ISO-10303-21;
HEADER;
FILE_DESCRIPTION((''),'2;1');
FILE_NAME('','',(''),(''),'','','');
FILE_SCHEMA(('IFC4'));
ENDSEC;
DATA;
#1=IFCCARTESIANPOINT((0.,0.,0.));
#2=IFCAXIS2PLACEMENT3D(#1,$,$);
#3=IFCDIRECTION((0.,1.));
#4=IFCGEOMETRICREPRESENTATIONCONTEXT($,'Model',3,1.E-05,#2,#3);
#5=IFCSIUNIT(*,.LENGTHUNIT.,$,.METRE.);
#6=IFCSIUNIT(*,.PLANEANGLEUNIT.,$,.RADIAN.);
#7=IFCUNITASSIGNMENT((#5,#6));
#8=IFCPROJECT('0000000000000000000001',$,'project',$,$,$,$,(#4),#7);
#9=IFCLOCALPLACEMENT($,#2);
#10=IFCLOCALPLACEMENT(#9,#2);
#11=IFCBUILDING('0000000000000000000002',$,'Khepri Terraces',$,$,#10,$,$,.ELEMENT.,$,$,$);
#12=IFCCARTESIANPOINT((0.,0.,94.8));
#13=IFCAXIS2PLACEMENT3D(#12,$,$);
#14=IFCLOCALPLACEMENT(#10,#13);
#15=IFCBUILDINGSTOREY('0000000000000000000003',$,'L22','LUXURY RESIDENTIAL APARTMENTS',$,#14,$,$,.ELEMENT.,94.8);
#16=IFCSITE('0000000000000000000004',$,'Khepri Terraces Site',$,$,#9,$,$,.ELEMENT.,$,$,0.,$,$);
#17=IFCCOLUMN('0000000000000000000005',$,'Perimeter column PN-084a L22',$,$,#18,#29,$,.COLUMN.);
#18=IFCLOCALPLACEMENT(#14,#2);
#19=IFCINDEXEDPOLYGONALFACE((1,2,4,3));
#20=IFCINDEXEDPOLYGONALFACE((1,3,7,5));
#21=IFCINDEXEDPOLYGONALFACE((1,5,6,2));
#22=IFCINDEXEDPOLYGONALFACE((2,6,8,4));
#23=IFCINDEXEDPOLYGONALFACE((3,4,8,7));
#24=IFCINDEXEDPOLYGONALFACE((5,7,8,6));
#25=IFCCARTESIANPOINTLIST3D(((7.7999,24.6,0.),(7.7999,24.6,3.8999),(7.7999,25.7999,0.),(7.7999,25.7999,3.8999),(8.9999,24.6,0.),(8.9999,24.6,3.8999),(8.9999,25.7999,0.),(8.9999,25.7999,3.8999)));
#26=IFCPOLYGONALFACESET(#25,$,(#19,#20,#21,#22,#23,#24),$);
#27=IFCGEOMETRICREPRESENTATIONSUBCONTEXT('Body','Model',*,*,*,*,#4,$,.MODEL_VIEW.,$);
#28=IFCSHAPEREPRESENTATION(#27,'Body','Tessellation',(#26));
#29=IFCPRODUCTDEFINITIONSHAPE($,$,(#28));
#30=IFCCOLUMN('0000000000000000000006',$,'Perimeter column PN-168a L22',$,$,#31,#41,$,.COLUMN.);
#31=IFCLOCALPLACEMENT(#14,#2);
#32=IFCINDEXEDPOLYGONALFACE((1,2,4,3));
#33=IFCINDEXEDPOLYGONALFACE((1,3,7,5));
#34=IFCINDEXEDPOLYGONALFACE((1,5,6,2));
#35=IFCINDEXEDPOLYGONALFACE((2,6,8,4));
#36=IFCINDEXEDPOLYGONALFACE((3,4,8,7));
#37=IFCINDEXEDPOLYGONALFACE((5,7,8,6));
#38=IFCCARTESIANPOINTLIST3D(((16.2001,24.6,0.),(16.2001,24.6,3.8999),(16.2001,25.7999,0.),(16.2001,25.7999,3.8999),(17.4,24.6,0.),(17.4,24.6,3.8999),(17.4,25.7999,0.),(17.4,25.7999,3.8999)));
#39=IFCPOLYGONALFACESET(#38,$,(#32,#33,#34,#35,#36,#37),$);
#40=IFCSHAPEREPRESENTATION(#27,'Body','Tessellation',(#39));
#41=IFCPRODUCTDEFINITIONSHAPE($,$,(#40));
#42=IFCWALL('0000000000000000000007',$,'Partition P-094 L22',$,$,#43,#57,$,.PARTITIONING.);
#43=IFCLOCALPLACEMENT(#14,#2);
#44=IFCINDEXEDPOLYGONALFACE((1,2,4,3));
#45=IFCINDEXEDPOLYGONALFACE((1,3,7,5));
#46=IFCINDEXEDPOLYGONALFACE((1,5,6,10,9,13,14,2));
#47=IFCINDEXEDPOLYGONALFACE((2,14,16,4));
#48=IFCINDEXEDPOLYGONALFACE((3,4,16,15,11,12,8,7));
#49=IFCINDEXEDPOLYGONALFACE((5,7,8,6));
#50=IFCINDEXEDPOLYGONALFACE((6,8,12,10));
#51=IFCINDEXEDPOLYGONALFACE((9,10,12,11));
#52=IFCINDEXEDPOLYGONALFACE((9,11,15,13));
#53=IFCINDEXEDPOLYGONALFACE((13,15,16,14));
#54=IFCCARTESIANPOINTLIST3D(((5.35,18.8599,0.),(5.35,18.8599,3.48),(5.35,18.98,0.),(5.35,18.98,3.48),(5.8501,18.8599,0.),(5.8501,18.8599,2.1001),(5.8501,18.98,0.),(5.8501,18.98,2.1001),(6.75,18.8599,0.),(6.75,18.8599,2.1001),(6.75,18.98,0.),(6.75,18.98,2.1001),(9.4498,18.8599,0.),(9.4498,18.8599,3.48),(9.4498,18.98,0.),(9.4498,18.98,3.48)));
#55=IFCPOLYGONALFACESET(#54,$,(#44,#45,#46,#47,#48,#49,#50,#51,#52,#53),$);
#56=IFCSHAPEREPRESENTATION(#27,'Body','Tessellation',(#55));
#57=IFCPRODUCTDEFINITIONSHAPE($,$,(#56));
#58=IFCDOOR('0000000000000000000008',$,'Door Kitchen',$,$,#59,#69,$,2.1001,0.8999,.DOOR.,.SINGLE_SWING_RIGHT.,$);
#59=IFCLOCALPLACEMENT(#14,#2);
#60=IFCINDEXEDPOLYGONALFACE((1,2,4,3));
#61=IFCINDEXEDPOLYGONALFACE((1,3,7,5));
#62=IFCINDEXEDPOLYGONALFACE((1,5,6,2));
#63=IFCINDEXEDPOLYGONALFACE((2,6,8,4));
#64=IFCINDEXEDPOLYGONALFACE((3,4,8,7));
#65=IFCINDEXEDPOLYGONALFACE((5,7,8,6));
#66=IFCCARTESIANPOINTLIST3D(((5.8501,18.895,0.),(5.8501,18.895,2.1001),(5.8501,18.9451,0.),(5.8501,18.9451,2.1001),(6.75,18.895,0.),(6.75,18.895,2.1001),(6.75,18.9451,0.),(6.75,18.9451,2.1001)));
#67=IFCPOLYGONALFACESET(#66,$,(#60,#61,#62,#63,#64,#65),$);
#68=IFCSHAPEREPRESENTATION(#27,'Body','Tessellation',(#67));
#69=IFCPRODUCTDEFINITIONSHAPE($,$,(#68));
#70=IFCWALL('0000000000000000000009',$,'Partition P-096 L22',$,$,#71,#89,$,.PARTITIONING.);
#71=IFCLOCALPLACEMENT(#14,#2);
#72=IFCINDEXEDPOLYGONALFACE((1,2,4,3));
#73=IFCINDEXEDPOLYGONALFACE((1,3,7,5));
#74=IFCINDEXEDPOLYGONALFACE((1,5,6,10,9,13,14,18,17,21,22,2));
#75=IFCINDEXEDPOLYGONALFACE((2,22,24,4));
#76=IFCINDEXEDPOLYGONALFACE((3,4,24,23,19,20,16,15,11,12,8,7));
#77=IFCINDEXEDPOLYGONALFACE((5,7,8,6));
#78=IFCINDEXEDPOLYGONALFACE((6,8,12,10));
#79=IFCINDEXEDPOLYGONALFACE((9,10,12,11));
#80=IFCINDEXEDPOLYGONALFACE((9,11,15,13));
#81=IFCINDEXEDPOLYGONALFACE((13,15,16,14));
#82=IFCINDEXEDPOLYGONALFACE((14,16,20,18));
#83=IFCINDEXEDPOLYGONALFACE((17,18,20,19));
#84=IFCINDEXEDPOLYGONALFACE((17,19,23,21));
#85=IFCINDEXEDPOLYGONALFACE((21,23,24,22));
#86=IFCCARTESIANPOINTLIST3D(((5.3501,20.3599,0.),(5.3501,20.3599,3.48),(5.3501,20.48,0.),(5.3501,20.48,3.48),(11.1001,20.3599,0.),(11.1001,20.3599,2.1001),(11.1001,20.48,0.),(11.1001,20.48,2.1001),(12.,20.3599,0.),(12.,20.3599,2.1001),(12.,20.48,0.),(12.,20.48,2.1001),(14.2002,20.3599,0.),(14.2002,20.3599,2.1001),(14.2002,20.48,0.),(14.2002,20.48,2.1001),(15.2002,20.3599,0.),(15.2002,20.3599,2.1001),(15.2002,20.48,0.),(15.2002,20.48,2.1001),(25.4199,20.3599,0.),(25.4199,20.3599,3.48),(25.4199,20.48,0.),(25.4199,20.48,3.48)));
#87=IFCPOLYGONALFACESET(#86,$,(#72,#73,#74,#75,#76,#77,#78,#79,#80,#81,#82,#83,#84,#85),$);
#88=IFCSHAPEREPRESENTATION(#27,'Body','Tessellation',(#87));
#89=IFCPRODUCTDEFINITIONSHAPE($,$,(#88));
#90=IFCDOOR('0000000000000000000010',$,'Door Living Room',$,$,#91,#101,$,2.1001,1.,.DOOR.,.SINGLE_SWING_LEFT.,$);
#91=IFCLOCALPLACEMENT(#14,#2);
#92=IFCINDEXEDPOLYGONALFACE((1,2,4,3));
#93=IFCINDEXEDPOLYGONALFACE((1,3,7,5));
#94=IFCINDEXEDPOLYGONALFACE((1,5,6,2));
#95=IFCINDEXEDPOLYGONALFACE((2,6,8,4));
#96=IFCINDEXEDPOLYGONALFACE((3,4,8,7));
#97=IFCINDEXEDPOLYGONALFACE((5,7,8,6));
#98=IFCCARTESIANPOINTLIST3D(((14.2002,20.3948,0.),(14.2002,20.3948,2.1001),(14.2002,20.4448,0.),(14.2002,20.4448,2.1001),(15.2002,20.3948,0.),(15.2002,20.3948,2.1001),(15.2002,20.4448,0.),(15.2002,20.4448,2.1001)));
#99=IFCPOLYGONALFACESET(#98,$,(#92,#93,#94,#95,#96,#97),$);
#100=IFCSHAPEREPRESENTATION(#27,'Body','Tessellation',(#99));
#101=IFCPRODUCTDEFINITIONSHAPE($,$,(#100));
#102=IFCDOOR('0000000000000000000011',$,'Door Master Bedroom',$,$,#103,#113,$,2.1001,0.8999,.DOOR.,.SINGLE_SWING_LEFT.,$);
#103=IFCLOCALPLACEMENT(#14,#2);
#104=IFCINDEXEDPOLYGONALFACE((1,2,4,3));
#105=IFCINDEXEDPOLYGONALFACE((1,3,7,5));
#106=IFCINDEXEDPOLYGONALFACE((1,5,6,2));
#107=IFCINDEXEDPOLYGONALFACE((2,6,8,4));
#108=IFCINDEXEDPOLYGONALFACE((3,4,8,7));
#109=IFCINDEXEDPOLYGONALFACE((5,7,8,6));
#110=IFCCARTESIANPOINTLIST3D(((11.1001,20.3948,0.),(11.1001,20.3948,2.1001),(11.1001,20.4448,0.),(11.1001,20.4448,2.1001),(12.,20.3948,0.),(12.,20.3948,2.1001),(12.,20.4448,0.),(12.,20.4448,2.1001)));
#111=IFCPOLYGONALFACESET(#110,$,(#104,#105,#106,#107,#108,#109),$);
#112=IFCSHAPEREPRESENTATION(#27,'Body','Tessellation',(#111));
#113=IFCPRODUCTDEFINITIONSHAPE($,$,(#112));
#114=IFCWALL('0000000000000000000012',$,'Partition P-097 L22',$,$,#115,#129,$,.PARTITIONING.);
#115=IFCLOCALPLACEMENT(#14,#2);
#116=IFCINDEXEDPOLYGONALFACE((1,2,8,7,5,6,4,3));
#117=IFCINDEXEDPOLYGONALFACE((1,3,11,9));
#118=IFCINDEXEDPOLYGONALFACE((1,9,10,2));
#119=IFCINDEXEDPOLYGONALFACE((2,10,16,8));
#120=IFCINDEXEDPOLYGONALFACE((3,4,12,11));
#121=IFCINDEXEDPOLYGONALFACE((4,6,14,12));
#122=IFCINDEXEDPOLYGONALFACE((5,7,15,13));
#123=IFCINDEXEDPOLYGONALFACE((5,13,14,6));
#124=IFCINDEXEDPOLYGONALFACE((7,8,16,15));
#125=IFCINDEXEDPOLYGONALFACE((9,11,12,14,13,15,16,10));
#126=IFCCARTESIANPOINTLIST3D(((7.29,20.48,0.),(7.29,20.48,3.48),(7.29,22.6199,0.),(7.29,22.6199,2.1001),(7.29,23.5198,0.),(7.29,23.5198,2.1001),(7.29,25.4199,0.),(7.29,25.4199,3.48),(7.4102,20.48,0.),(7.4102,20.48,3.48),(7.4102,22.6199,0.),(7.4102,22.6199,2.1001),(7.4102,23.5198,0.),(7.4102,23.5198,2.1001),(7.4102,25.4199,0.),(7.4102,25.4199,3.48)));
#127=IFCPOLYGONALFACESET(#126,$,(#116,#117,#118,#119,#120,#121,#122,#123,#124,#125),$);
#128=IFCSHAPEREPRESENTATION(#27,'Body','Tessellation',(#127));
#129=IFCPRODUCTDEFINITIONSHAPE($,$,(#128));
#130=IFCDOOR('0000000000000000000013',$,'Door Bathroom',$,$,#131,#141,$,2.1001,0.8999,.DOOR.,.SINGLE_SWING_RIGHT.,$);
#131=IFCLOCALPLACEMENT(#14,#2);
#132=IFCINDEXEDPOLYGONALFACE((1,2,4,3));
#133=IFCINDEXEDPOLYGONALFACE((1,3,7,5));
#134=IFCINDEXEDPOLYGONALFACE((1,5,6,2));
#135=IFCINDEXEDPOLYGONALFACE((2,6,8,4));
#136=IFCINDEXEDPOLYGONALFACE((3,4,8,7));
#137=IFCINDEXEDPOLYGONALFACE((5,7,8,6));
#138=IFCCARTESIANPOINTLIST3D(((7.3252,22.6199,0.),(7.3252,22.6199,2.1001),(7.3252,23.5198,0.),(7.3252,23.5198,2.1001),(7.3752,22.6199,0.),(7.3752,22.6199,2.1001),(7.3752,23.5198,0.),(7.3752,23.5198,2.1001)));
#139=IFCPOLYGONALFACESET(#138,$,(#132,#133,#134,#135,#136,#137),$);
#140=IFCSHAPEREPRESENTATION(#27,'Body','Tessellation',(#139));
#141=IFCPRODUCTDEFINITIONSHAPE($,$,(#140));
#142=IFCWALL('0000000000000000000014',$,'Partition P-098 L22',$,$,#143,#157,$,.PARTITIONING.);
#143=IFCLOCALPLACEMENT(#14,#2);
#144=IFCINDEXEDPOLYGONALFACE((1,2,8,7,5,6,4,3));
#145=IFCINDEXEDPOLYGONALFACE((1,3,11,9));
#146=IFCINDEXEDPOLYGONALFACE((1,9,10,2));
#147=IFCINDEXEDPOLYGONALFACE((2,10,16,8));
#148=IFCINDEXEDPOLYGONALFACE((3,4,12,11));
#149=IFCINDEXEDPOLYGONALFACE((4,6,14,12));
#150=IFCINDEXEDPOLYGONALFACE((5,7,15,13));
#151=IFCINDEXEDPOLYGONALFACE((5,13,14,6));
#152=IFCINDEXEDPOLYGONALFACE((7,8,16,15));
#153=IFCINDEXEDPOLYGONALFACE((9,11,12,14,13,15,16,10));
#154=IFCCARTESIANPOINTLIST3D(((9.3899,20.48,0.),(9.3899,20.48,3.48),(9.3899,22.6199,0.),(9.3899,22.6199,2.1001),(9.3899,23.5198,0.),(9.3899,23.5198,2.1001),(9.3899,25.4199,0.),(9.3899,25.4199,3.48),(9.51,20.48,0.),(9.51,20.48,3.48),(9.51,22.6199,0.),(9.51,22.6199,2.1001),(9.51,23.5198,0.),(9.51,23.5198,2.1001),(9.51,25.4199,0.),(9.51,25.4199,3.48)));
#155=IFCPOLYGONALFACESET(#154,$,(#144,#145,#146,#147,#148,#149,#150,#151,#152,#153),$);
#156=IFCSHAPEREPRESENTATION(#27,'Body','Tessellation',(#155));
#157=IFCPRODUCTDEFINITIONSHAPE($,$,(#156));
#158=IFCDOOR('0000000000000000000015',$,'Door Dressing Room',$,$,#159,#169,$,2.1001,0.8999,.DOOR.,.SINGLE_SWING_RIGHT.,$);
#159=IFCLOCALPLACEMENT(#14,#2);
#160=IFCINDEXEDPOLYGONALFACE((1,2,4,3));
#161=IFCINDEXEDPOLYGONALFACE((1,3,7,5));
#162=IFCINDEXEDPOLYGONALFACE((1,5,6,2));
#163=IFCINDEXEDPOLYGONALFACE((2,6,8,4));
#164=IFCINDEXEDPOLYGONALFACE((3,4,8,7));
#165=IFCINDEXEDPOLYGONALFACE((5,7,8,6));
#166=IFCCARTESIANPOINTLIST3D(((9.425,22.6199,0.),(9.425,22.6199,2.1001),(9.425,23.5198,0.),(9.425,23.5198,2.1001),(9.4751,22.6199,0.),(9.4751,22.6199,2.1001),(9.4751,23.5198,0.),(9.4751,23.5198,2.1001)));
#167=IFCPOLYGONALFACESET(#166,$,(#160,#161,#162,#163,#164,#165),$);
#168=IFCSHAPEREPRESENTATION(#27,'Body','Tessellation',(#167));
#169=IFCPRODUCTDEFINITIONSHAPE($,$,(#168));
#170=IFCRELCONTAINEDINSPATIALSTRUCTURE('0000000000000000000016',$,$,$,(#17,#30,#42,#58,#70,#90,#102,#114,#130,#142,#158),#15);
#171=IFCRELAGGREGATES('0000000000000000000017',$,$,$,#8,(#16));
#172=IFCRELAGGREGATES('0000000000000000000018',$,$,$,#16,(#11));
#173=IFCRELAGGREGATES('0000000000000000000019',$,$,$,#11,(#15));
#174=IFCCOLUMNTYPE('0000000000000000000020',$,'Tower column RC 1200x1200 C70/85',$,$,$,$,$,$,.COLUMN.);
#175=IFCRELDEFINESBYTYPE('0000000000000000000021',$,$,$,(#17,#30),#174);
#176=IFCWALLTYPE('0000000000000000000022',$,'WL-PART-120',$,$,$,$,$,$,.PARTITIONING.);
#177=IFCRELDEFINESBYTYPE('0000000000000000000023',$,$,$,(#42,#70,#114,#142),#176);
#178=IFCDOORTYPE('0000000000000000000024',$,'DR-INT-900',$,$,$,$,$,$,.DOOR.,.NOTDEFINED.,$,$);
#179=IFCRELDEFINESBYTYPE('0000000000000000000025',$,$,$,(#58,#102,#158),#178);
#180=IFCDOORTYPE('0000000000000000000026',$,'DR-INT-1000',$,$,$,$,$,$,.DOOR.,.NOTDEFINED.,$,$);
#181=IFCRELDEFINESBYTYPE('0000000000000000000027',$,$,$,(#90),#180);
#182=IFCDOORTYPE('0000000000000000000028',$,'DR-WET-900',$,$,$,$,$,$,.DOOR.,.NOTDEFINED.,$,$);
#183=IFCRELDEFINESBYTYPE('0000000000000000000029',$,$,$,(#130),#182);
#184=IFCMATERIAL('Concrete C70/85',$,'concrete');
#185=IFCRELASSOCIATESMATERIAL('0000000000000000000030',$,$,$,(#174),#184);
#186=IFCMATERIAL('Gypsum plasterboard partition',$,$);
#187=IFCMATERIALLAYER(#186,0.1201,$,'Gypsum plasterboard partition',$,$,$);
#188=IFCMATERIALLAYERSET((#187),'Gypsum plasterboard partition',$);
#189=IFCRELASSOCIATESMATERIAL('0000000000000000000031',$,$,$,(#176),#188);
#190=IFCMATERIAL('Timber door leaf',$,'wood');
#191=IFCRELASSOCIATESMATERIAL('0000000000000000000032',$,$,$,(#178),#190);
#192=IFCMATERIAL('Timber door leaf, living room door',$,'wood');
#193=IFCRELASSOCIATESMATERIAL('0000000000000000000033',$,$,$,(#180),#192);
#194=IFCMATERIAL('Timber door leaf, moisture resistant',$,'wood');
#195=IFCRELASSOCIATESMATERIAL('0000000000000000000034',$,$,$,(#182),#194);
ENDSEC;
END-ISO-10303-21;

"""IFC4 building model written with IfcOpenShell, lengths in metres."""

from ifc_helpers import new_model, si_unit, direction, frame, frame_2d, origin, origin_2d, place, context, subcontext, project, spatial, rectangle, extrude, material, layer, layer_set, material_profile, profile_set, type_object, element, fill, save


model = new_model("IFC4")

# Units and contexts
model_context = context("Model", 3, precision=1e-05, world=origin(), true_north=direction((0.0, 1.0)))
body_context = subcontext(model_context, "Body", "Model", "MODEL_VIEW")
ifc_project = project(units=[si_unit("LENGTHUNIT", "METRE"), si_unit("PLANEANGLEUNIT", "RADIAN")], contexts=[model_context])

# Site, building, storey
site_placement = place(None, origin())
site = spatial("IfcSite", under=ifc_project, at=site_placement, Name="Khepri Terraces Site", CompositionType="ELEMENT", RefElevation=0.0)
building_placement = place(site_placement, origin())
building = spatial("IfcBuilding", under=site, at=building_placement, Name="Khepri Terraces", CompositionType="ELEMENT")
storey_placement = place(building_placement, frame((0.0, 0.0, 94.8)))
storey = spatial("IfcBuildingStorey", under=building, at=storey_placement, Name="L22", Description="LUXURY RESIDENTIAL APARTMENTS", CompositionType="ELEMENT", Elevation=94.8)

# Columns
ifc_material_1 = material(Name="Concrete C70/85", Category="concrete")
ifc_material_profile = material_profile(ifc_material_1, rectangle(XDim=1.2, YDim=1.2, at=origin_2d()), Name="Concrete C70/85", Category="concrete")
ifc_profile_set = profile_set([ifc_material_profile], Name="Concrete C70/85")
column_type = type_object("IfcColumnType", Name="Tower column RC 1200x1200 C70/85", PredefinedType="COLUMN", material=ifc_profile_set)
for number, where, z_axis, x_axis, name in (
    (1, (8.3999, 25.2, 0.0), (0.0, 0.0, 1.0), (1.0, 0.0, 0.0), "Perimeter column PN-084a L22"),
    (2, (16.8, 25.2, 0.0), (0.0, 0.0, 1.0), (1.0, 0.0, 0.0), "Perimeter column PN-168a L22"),
):
    element("IfcColumn", number, at=place(storey_placement, frame(where, z_axis=z_axis, x_axis=x_axis)), inside=storey, type_object=column_type, Name=name, PredefinedType="COLUMN", context=body_context, shape_type="SweptSolid", body=[
        extrude(rectangle(XDim=1.2, YDim=1.2, at=origin_2d()), origin(), (0.0, 0.0, 1.0), 3.8999),
    ])

# Wall, opening, door
ifc_material_2 = material(Name="Gypsum plasterboard partition")
ifc_layer_1 = layer(ifc_material_2, 0.1201, Name="Gypsum plasterboard partition")
ifc_layer_set_1 = layer_set([ifc_layer_1], Name="Gypsum plasterboard partition")
wall_type_1 = type_object("IfcWallType", Name="WL-PART-120", PredefinedType="PARTITIONING", material=ifc_layer_set_1)
wall_1_placement = place(storey_placement, frame((5.3501, 18.9199, 0.0), z_axis=(0.0, 0.0, 1.0), x_axis=(1.0, 0.0, 0.0)))
wall_1 = element("IfcWall", 3, at=wall_1_placement, inside=storey, type_object=wall_type_1, Name="Partition P-094 L22", PredefinedType="PARTITIONING", context=body_context, shape_type="SweptSolid", body=[
    extrude(rectangle(XDim=4.0999, YDim=0.1201, at=frame_2d((2.0498, 0.0))), origin(), (0.0, 0.0, 1.0), 3.48),
])
opening_1_placement = place(wall_1_placement, frame((0.5, 0.0, 0.0)))
opening_1 = element("IfcOpeningElement", 4, at=opening_1_placement, cuts=wall_1, PredefinedType="OPENING", context=body_context, shape_type="SweptSolid", body=[
    extrude(rectangle(XDim=0.8999, YDim=2.1001, at=frame_2d((0.45, 1.05))), frame((0.0, 0.0701, 0.0), z_axis=(0.0, -1.0, 0.0), x_axis=(1.0, 0.0, 0.0)), (0.0, 0.0, 1.0), 0.1401),
])
ifc_material_3 = material(Name="Timber door leaf", Category="wood")
door_type_1 = type_object("IfcDoorType", Name="DR-INT-900", OperationType="NOTDEFINED", PredefinedType="DOOR", material=ifc_material_3)
door_1_placement = place(opening_1_placement, frame((0.8999, 0.0, 0.0), z_axis=(0.0, 0.0, 1.0), x_axis=(-1.0, 0.0, 0.0)))
door_1 = element("IfcDoor", 5, at=door_1_placement, inside=storey, type_object=door_type_1, Name="Door Kitchen", OperationType="SINGLE_SWING_RIGHT", OverallHeight=2.1001, OverallWidth=0.8999, PredefinedType="DOOR", context=body_context, shape_type="SweptSolid", body=[
    extrude(rectangle(XDim=0.8999, YDim=2.1001, at=frame_2d((0.45, 1.05))), frame((0.0, 0.0249, 0.0), z_axis=(0.0, -1.0, 0.0), x_axis=(1.0, 0.0, 0.0)), (0.0, 0.0, 1.0), 0.05),
])
fill(opening_1, door_1)

# Wall, openings, doors
wall_2_placement = place(storey_placement, frame((5.3501, 20.4199, 0.0), z_axis=(0.0, 0.0, 1.0), x_axis=(1.0, 0.0, 0.0)))
wall_2 = element("IfcWall", 6, at=wall_2_placement, inside=storey, type_object=wall_type_1, Name="Partition P-096 L22", PredefinedType="PARTITIONING", context=body_context, shape_type="SweptSolid", body=[
    extrude(rectangle(XDim=20.0698, YDim=0.1201, at=frame_2d((10.0349, 0.0))), origin(), (0.0, 0.0, 1.0), 3.48),
])
opening_2_placement = place(wall_2_placement, frame((8.8501, 0.0, 0.0)))
opening_2 = element("IfcOpeningElement", 7, at=opening_2_placement, cuts=wall_2, PredefinedType="OPENING", context=body_context, shape_type="SweptSolid", body=[
    extrude(rectangle(XDim=1.0, YDim=2.1001, at=frame_2d((0.5, 1.05))), frame((0.0, 0.0701, 0.0), z_axis=(0.0, -1.0, 0.0), x_axis=(1.0, 0.0, 0.0)), (0.0, 0.0, 1.0), 0.1401),
])
opening_3_placement = place(wall_2_placement, frame((5.75, 0.0, 0.0)))
opening_3 = element("IfcOpeningElement", 8, at=opening_3_placement, cuts=wall_2, PredefinedType="OPENING", context=body_context, shape_type="SweptSolid", body=[
    extrude(rectangle(XDim=0.8999, YDim=2.1001, at=frame_2d((0.45, 1.05))), frame((0.0, 0.0701, 0.0), z_axis=(0.0, -1.0, 0.0), x_axis=(1.0, 0.0, 0.0)), (0.0, 0.0, 1.0), 0.1401),
])
ifc_material_4 = material(Name="Timber door leaf, living room door", Category="wood")
door_type_2 = type_object("IfcDoorType", Name="DR-INT-1000", OperationType="NOTDEFINED", PredefinedType="DOOR", material=ifc_material_4)
door_2_placement = place(opening_2_placement, origin())
door_2 = element("IfcDoor", 9, at=door_2_placement, inside=storey, type_object=door_type_2, Name="Door Living Room", OperationType="SINGLE_SWING_LEFT", OverallHeight=2.1001, OverallWidth=1.0, PredefinedType="DOOR", context=body_context, shape_type="SweptSolid", body=[
    extrude(rectangle(XDim=1.0, YDim=2.1001, at=frame_2d((0.5, 1.05))), frame((0.0, 0.0249, 0.0), z_axis=(0.0, -1.0, 0.0), x_axis=(1.0, 0.0, 0.0)), (0.0, 0.0, 1.0), 0.05),
])
fill(opening_2, door_2)
door_3_placement = place(opening_3_placement, origin())
door_3 = element("IfcDoor", 10, at=door_3_placement, inside=storey, type_object=door_type_1, Name="Door Master Bedroom", OperationType="SINGLE_SWING_LEFT", OverallHeight=2.1001, OverallWidth=0.8999, PredefinedType="DOOR", context=body_context, shape_type="SweptSolid", body=[
    extrude(rectangle(XDim=0.8999, YDim=2.1001, at=frame_2d((0.45, 1.05))), frame((0.0, 0.0249, 0.0), z_axis=(0.0, -1.0, 0.0), x_axis=(1.0, 0.0, 0.0)), (0.0, 0.0, 1.0), 0.05),
])
fill(opening_3, door_3)

# Walls, openings, doors
wall_3_placement = place(storey_placement, frame((7.3501, 20.48, 0.0), z_axis=(0.0, 0.0, 1.0), x_axis=(0.0, 1.0, 0.0)))
wall_3 = element("IfcWall", 11, at=wall_3_placement, inside=storey, type_object=wall_type_1, Name="Partition P-097 L22", PredefinedType="PARTITIONING", context=body_context, shape_type="SweptSolid", body=[
    extrude(rectangle(XDim=4.9399, YDim=0.1201, at=frame_2d((2.47, 0.0))), origin(), (0.0, 0.0, 1.0), 3.48),
])
opening_4_placement = place(wall_3_placement, frame((2.1399, 0.0, 0.0)))
opening_4 = element("IfcOpeningElement", 12, at=opening_4_placement, cuts=wall_3, PredefinedType="OPENING", context=body_context, shape_type="SweptSolid", body=[
    extrude(rectangle(XDim=0.8999, YDim=2.1001, at=frame_2d((0.45, 1.05))), frame((0.0, 0.0701, 0.0), z_axis=(0.0, -1.0, 0.0), x_axis=(1.0, 0.0, 0.0)), (0.0, 0.0, 1.0), 0.1401),
])
ifc_material_5 = material(Name="Timber door leaf, moisture resistant", Category="wood")
door_type_3 = type_object("IfcDoorType", Name="DR-WET-900", OperationType="NOTDEFINED", PredefinedType="DOOR", material=ifc_material_5)
door_4_placement = place(opening_4_placement, origin())
door_4 = element("IfcDoor", 13, at=door_4_placement, inside=storey, type_object=door_type_3, Name="Door Bathroom", OperationType="SINGLE_SWING_RIGHT", OverallHeight=2.1001, OverallWidth=0.8999, PredefinedType="DOOR", context=body_context, shape_type="SweptSolid", body=[
    extrude(rectangle(XDim=0.8999, YDim=2.1001, at=frame_2d((0.45, 1.05))), frame((0.0, 0.0249, 0.0), z_axis=(0.0, -1.0, 0.0), x_axis=(1.0, 0.0, 0.0)), (0.0, 0.0, 1.0), 0.05),
])
fill(opening_4, door_4)
wall_4_placement = place(storey_placement, frame((9.45, 20.48, 0.0), z_axis=(0.0, 0.0, 1.0), x_axis=(0.0, 1.0, 0.0)))
wall_4 = element("IfcWall", 14, at=wall_4_placement, inside=storey, type_object=wall_type_1, Name="Partition P-098 L22", PredefinedType="PARTITIONING", context=body_context, shape_type="SweptSolid", body=[
    extrude(rectangle(XDim=4.9399, YDim=0.1201, at=frame_2d((2.47, 0.0))), origin(), (0.0, 0.0, 1.0), 3.48),
])
opening_5_placement = place(wall_4_placement, frame((2.1399, 0.0, 0.0)))
opening_5 = element("IfcOpeningElement", 15, at=opening_5_placement, cuts=wall_4, PredefinedType="OPENING", context=body_context, shape_type="SweptSolid", body=[
    extrude(rectangle(XDim=0.8999, YDim=2.1001, at=frame_2d((0.45, 1.05))), frame((0.0, 0.0701, 0.0), z_axis=(0.0, -1.0, 0.0), x_axis=(1.0, 0.0, 0.0)), (0.0, 0.0, 1.0), 0.1401),
])
door_5_placement = place(opening_5_placement, origin())
door_5 = element("IfcDoor", 16, at=door_5_placement, inside=storey, type_object=door_type_1, Name="Door Dressing Room", OperationType="SINGLE_SWING_RIGHT", OverallHeight=2.1001, OverallWidth=0.8999, PredefinedType="DOOR", context=body_context, shape_type="SweptSolid", body=[
    extrude(rectangle(XDim=0.8999, YDim=2.1001, at=frame_2d((0.45, 1.05))), frame((0.0, 0.0249, 0.0), z_axis=(0.0, -1.0, 0.0), x_axis=(1.0, 0.0, 0.0)), (0.0, 0.0, 1.0), 0.05),
])
fill(opening_5, door_5)

save(model, "model.ifc")
